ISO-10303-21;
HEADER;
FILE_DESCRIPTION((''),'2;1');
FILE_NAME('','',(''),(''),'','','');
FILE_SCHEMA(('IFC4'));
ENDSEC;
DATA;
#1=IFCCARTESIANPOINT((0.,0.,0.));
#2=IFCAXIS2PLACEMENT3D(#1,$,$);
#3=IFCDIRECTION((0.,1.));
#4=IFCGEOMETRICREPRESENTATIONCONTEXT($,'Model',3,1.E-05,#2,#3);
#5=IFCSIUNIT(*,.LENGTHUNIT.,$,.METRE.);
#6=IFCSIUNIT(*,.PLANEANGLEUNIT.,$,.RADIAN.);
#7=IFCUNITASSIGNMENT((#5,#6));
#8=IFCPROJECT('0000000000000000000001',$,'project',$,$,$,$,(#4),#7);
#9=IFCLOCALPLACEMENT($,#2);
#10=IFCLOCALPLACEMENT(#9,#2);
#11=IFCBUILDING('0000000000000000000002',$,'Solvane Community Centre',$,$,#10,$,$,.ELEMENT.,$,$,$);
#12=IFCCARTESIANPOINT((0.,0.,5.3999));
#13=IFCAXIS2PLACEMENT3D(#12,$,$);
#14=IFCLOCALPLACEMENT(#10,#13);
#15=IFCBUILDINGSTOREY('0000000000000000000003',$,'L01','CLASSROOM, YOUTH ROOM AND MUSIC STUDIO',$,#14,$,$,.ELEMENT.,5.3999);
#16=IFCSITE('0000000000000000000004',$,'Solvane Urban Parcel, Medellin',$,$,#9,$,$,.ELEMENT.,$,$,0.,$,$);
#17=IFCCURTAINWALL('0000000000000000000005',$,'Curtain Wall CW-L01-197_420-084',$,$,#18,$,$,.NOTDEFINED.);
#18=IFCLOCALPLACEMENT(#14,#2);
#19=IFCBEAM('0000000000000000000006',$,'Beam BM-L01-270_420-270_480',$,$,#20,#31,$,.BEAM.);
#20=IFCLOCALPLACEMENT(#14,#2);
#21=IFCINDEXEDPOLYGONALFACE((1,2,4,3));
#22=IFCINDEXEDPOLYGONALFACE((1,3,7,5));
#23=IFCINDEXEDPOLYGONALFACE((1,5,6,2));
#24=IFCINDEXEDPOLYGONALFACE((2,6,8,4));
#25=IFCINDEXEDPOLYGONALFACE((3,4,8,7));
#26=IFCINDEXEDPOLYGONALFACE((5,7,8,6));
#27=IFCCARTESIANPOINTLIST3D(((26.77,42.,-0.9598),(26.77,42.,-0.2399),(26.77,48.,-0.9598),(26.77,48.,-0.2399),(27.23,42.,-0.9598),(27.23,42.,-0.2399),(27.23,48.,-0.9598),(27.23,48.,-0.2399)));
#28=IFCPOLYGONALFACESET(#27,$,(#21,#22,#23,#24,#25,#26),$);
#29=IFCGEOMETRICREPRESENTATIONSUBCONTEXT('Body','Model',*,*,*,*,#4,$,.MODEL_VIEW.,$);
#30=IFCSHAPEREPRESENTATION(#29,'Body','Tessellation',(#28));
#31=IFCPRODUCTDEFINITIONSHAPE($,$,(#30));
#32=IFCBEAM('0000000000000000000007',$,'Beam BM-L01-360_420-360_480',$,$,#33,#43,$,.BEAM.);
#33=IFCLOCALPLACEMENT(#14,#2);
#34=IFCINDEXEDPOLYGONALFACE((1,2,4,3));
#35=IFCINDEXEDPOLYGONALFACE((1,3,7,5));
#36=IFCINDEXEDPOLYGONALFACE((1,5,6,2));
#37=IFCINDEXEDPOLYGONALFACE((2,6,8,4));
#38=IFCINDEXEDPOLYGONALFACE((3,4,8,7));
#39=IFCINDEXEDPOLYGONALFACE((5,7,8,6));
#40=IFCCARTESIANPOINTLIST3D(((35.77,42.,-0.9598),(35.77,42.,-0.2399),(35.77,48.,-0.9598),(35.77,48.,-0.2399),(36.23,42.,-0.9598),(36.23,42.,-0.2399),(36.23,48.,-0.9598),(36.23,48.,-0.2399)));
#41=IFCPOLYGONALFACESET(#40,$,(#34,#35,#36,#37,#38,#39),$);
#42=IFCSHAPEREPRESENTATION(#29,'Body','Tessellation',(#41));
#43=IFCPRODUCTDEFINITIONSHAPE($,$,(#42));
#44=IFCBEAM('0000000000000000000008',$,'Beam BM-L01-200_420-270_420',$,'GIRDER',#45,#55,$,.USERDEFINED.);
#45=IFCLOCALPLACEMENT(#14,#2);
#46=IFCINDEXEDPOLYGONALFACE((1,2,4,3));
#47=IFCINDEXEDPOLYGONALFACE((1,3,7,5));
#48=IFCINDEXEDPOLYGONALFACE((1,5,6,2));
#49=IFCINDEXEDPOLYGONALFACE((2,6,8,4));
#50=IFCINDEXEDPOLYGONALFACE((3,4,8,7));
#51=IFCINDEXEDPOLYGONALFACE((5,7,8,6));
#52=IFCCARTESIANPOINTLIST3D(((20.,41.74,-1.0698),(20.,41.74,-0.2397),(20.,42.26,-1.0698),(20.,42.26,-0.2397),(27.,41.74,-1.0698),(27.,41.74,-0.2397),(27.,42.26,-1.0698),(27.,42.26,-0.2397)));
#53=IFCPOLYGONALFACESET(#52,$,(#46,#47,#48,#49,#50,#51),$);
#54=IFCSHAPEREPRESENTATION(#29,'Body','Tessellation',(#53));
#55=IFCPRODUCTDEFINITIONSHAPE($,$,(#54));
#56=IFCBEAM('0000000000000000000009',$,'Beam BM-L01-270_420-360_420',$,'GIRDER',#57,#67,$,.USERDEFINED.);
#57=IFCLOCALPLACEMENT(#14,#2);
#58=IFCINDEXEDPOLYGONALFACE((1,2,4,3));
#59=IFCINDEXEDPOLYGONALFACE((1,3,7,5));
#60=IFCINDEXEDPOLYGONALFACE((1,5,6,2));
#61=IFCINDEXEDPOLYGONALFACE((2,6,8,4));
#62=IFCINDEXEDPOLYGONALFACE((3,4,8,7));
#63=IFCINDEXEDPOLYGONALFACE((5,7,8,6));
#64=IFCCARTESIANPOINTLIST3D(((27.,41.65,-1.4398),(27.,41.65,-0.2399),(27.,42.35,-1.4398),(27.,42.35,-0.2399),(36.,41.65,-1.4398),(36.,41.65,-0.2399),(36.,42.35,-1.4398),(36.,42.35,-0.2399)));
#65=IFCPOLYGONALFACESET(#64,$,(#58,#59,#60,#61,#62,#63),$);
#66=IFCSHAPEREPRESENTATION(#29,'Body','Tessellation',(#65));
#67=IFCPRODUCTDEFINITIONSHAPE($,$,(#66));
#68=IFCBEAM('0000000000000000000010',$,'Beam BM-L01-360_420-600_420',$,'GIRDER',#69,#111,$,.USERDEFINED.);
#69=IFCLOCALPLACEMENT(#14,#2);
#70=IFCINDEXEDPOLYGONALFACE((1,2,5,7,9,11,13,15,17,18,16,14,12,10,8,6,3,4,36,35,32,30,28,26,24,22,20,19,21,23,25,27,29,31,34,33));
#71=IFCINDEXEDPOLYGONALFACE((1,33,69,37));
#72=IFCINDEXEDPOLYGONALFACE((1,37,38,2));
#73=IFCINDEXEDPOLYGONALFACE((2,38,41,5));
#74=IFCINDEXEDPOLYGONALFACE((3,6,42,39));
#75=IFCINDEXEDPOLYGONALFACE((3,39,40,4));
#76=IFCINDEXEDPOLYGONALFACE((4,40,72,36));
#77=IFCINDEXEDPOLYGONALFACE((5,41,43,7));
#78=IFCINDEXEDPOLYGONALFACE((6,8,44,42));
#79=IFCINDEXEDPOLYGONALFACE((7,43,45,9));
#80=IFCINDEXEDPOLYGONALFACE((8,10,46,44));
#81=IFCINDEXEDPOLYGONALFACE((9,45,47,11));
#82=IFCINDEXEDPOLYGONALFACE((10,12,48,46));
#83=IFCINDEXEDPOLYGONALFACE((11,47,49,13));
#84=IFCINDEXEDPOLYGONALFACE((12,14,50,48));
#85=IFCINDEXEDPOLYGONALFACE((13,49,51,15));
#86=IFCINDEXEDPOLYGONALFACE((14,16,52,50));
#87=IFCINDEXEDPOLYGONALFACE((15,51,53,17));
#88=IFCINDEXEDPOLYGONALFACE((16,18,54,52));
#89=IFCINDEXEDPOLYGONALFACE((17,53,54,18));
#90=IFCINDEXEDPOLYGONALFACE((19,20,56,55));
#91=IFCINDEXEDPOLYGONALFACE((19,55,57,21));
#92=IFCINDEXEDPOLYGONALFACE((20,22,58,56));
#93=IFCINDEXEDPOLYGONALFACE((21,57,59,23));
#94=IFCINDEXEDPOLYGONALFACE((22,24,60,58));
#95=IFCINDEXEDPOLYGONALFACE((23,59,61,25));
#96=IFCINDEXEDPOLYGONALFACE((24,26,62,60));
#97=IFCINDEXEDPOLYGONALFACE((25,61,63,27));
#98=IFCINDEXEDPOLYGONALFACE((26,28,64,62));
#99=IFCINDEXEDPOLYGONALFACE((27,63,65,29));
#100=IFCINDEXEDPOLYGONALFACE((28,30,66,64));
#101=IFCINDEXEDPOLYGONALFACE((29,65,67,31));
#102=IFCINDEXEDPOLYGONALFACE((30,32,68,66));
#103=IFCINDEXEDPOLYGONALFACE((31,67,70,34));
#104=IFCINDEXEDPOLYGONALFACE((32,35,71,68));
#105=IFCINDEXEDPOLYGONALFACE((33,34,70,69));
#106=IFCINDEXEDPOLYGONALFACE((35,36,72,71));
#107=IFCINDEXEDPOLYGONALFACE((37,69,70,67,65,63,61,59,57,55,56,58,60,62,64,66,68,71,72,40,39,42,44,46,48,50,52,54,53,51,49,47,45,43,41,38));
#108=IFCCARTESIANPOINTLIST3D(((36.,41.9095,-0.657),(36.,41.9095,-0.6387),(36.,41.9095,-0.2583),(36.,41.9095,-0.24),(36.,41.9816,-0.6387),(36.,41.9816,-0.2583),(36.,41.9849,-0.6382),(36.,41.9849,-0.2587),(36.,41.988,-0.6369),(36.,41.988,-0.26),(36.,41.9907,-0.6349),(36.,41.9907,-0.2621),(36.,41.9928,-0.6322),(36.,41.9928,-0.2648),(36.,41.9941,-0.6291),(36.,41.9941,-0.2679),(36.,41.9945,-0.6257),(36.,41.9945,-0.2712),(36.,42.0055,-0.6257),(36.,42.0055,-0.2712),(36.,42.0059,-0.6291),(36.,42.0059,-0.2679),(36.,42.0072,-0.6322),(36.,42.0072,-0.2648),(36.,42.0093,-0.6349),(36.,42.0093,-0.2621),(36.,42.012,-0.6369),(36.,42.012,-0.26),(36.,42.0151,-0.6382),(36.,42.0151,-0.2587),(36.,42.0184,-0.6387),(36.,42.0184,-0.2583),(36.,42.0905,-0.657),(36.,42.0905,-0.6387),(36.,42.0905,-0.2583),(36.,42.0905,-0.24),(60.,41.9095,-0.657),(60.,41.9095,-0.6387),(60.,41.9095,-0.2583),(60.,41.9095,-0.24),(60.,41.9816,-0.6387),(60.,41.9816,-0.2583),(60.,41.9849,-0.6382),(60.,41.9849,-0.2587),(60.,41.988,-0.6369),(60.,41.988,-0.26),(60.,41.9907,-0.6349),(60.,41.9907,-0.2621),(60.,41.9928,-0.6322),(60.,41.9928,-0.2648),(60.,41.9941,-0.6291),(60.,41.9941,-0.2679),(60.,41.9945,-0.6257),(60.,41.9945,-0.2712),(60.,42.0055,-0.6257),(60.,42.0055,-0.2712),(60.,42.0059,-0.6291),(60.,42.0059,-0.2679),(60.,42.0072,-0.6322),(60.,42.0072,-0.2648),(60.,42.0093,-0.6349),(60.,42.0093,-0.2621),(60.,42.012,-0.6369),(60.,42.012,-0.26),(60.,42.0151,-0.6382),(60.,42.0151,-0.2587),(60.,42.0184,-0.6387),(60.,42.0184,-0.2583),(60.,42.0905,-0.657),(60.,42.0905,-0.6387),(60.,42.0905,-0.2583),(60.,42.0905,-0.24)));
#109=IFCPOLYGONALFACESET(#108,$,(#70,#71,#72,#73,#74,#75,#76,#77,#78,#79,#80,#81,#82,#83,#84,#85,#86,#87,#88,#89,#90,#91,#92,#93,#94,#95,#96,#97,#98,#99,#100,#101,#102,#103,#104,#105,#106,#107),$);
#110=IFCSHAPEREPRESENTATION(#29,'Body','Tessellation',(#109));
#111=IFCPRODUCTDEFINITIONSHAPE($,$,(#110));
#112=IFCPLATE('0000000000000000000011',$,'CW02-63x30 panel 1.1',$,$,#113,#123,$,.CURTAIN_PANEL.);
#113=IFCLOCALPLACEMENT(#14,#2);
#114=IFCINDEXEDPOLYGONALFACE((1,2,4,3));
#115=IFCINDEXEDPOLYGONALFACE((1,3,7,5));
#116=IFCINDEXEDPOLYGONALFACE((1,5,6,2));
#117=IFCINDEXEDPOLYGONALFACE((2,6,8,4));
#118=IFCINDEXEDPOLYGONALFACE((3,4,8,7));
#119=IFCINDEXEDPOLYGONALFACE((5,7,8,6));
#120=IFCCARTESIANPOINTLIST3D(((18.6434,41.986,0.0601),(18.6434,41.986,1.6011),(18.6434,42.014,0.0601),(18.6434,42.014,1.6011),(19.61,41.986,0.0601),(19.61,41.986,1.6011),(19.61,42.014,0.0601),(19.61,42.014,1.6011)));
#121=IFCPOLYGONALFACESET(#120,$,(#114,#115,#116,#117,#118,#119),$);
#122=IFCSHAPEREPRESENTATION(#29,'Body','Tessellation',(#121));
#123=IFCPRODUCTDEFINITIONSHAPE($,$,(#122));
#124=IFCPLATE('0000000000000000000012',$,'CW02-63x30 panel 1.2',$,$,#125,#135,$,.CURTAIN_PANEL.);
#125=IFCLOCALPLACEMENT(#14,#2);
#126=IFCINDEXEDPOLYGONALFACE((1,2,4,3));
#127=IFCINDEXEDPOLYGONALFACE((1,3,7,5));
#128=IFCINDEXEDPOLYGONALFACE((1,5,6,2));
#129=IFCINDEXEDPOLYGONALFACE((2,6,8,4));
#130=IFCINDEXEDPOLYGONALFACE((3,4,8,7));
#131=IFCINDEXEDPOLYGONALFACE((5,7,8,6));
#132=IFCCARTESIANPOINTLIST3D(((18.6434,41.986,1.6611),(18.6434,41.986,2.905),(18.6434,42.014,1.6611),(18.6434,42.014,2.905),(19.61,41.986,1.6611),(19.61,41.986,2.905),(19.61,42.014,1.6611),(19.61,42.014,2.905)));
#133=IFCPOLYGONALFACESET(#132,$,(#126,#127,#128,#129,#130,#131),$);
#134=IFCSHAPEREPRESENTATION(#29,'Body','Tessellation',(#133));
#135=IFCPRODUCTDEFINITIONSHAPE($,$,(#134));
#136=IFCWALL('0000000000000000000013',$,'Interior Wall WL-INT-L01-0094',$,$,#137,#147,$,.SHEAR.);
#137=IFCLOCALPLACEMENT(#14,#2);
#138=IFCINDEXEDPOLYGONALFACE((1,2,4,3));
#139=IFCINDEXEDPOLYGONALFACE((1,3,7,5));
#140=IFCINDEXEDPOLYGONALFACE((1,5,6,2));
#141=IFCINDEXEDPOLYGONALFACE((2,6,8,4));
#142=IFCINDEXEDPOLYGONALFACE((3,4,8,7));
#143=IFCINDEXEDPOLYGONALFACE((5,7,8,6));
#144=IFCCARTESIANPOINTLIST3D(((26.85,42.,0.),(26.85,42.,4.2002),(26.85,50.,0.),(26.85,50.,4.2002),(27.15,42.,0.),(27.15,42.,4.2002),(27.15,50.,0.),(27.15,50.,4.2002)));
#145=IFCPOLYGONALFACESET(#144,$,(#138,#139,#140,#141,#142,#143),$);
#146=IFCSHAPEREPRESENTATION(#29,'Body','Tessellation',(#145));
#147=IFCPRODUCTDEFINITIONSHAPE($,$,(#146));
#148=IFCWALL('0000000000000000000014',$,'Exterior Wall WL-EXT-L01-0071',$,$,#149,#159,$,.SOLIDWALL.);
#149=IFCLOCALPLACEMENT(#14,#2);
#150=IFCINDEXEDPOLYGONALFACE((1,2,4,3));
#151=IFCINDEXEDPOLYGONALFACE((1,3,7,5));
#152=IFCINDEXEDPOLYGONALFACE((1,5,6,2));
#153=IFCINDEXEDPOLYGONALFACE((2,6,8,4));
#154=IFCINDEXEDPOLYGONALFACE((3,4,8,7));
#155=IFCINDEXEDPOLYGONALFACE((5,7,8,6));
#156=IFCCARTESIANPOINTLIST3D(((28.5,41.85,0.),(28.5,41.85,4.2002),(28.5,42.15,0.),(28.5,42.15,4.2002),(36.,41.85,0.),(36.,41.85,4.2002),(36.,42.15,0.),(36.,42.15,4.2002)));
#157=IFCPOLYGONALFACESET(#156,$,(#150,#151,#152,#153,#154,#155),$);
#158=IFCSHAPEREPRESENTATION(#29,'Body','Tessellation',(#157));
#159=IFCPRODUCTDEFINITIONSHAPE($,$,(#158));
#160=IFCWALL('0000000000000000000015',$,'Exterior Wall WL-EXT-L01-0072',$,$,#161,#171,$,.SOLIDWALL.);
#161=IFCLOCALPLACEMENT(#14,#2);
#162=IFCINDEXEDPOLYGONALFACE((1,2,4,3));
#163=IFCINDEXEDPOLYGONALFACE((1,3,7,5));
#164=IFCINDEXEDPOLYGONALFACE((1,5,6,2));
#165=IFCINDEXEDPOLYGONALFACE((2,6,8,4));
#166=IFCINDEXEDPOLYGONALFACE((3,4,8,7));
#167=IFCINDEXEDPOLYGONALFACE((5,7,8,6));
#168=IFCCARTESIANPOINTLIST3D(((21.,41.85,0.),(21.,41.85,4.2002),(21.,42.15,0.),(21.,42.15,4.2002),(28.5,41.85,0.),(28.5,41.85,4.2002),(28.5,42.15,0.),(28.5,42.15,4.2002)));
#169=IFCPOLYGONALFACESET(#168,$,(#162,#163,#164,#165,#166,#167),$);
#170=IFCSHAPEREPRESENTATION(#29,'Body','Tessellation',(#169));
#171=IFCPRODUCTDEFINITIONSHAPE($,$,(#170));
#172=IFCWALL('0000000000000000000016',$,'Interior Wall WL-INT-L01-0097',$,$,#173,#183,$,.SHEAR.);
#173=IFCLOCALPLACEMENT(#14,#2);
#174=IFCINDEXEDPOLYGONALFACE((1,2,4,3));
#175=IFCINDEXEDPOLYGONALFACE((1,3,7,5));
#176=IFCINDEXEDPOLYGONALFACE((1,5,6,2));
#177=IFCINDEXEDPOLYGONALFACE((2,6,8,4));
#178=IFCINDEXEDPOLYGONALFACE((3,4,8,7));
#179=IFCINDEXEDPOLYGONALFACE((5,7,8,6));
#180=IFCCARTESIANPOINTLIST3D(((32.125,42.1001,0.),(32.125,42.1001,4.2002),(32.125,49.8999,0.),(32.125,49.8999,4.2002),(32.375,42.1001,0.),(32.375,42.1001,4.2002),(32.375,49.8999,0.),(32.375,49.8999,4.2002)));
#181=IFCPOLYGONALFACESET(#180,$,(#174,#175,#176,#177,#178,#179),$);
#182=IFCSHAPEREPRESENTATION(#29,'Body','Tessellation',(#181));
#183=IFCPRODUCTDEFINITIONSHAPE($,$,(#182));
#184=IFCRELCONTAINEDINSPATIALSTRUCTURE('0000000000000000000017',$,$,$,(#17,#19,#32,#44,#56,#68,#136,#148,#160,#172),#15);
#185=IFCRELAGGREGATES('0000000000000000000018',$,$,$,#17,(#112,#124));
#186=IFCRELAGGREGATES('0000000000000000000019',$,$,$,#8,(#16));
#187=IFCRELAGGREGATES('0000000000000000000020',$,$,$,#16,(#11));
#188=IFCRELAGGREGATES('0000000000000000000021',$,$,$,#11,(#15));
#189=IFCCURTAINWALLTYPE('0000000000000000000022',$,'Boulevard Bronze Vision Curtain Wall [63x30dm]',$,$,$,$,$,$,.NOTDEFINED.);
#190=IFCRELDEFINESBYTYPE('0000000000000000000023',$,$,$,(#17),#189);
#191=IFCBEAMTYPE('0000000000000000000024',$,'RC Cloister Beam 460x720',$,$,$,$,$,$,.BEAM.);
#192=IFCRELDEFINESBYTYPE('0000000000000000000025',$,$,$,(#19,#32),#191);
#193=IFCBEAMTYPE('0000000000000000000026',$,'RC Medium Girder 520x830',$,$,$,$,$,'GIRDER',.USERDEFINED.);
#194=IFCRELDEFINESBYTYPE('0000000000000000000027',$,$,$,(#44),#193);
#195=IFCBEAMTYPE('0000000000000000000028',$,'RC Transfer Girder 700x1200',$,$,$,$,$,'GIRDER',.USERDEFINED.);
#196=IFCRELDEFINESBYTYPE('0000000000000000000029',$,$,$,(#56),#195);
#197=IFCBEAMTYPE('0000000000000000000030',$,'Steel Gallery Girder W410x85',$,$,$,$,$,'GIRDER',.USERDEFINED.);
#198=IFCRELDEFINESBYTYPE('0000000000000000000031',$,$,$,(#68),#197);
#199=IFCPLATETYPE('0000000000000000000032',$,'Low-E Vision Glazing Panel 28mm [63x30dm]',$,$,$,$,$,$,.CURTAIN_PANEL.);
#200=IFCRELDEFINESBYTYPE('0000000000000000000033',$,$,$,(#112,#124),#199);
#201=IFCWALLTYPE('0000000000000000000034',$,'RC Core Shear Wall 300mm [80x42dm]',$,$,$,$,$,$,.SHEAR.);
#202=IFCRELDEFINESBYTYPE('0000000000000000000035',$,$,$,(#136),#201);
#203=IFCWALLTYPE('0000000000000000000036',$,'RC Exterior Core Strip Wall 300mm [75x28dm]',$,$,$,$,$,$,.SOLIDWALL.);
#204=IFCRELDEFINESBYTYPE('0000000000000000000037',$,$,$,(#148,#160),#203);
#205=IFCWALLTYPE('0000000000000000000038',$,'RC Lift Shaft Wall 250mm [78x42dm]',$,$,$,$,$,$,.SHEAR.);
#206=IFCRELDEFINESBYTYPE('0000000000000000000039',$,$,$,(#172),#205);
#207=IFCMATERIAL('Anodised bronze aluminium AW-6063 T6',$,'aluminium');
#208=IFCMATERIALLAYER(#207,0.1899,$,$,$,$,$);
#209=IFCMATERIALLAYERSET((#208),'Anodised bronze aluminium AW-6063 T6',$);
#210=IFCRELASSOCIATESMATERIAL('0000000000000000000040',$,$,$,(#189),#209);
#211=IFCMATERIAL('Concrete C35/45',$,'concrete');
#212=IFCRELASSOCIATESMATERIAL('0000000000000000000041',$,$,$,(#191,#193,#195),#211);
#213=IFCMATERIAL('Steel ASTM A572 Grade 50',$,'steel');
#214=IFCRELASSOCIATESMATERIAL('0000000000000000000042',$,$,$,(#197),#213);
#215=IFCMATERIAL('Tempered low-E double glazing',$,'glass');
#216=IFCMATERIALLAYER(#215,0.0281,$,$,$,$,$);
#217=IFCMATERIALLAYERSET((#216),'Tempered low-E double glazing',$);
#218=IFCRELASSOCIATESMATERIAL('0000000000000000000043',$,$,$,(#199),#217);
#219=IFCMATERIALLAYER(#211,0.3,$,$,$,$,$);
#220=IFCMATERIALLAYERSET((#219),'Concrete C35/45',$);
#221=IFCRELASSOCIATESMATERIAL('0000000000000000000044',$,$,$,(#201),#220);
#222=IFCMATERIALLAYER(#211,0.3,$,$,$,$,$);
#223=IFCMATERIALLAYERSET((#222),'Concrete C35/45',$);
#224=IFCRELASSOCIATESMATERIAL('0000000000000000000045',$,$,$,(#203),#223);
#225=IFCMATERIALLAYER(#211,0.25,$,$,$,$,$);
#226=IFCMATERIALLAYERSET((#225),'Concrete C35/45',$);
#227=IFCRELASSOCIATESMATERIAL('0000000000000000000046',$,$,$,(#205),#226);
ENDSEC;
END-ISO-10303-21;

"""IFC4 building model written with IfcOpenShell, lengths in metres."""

from ifc_helpers import new_model, si_unit, direction, frame, frame_2d, origin, origin_2d, place, context, subcontext, project, spatial, rectangle, i_section, extrude, material, layer, layer_set, material_profile, profile_set, type_object, element, aggregate, save


model = new_model("IFC4")

# Units and contexts
model_context = context("Model", 3, precision=1e-05, world=origin(), true_north=direction((0.0, 1.0)))
body_context = subcontext(model_context, "Body", "Model", "MODEL_VIEW")
ifc_project = project(units=[si_unit("LENGTHUNIT", "METRE"), si_unit("PLANEANGLEUNIT", "RADIAN")], contexts=[model_context])

# Site, building, storey
site_placement = place(None, origin())
site = spatial("IfcSite", under=ifc_project, at=site_placement, Name="Solvane Urban Parcel, Medellin", CompositionType="ELEMENT", RefElevation=0.0)
building_placement = place(site_placement, origin())
building = spatial("IfcBuilding", under=site, at=building_placement, Name="Solvane Community Centre", CompositionType="ELEMENT")
storey_placement = place(building_placement, frame((0.0, 0.0, 5.3999)))
storey = spatial("IfcBuildingStorey", under=building, at=storey_placement, Name="L01", Description="CLASSROOM, YOUTH ROOM AND MUSIC STUDIO", CompositionType="ELEMENT", Elevation=5.3999)

# Shared definitions
ifc_material_1 = material(Name="Concrete C35/45", Category="concrete")

# Curtain wall
ifc_material_2 = material(Name="Anodised bronze aluminium AW-6063 T6", Category="aluminium")
ifc_layer_1 = layer(ifc_material_2, 0.1899)
ifc_layer_set_1 = layer_set([ifc_layer_1], Name="Anodised bronze aluminium AW-6063 T6")
curtain_wall_type_1 = type_object("IfcCurtainWallType", Name="Boulevard Bronze Vision Curtain Wall [63x30dm]", PredefinedType="NOTDEFINED", material=ifc_layer_set_1)
curtain_wall_1_placement = place(storey_placement, origin())
curtain_wall_1 = element("IfcCurtainWall", 1, at=curtain_wall_1_placement, inside=storey, type_object=curtain_wall_type_1, Name="Curtain Wall CW-L01-197_420-084", PredefinedType="NOTDEFINED")

# Beams
ifc_material_profile_1 = material_profile(ifc_material_1, rectangle(XDim=0.46, YDim=0.72, at=origin_2d()), Name="RC 460x720")
ifc_profile_set_1 = profile_set([ifc_material_profile_1], Name="Concrete C35/45")
beam_type_1 = type_object("IfcBeamType", Name="RC Cloister Beam 460x720", PredefinedType="BEAM", material=ifc_profile_set_1)
for number, where, z_axis, x_axis, name in (
    (2, (27.0, 42.0, -0.5999), (0.0, 1.0, 0.0), (-1.0, 0.0, 0.0), "Beam BM-L01-270_420-270_480"),
    (3, (36.0, 42.0, -0.5999), (0.0, 1.0, 0.0), (-1.0, 0.0, 0.0), "Beam BM-L01-360_420-360_480"),
):
    element("IfcBeam", number, at=place(storey_placement, frame(where, z_axis=z_axis, x_axis=x_axis)), inside=storey, type_object=beam_type_1, Name=name, PredefinedType="BEAM", context=body_context, shape_type="SweptSolid", body=[
        extrude(rectangle(XDim=0.46, YDim=0.72, at=origin_2d()), origin(), (0.0, 0.0, 1.0), 6.0),
    ])
ifc_material_profile_2 = material_profile(ifc_material_1, rectangle(XDim=0.52, YDim=0.8301, at=origin_2d()), Name="RC 520x830")
ifc_profile_set_2 = profile_set([ifc_material_profile_2], Name="Concrete C35/45")
beam_type_2 = type_object("IfcBeamType", Name="RC Medium Girder 520x830", ElementType="GIRDER", PredefinedType="USERDEFINED", material=ifc_profile_set_2)
beam_1_placement = place(storey_placement, frame((20.0, 42.0, -0.6548), z_axis=(1.0, 0.0, 0.0), x_axis=(0.0, 1.0, 0.0)))
element("IfcBeam", 4, at=beam_1_placement, inside=storey, type_object=beam_type_2, Name="Beam BM-L01-200_420-270_420", ObjectType="GIRDER", PredefinedType="USERDEFINED", context=body_context, shape_type="SweptSolid", body=[
    extrude(rectangle(XDim=0.52, YDim=0.8301, at=origin_2d()), origin(), (0.0, 0.0, 1.0), 7.0),
])
ifc_material_profile_3 = material_profile(ifc_material_1, rectangle(XDim=0.7, YDim=1.2, at=origin_2d()), Name="RC 700x1200")
ifc_profile_set_3 = profile_set([ifc_material_profile_3], Name="Concrete C35/45")
beam_type_3 = type_object("IfcBeamType", Name="RC Transfer Girder 700x1200", ElementType="GIRDER", PredefinedType="USERDEFINED", material=ifc_profile_set_3)
beam_2_placement = place(storey_placement, frame((27.0, 42.0, -0.8398), z_axis=(1.0, 0.0, 0.0), x_axis=(0.0, 1.0, 0.0)))
element("IfcBeam", 5, at=beam_2_placement, inside=storey, type_object=beam_type_3, Name="Beam BM-L01-270_420-360_420", ObjectType="GIRDER", PredefinedType="USERDEFINED", context=body_context, shape_type="SweptSolid", body=[
    extrude(rectangle(XDim=0.7, YDim=1.2, at=origin_2d()), origin(), (0.0, 0.0, 1.0), 9.0),
])
ifc_material_3 = material(Name="Steel ASTM A572 Grade 50", Category="steel")
ifc_material_profile_4 = material_profile(ifc_material_3, i_section(OverallWidth=0.1809, OverallDepth=0.417, WebThickness=0.011, FlangeThickness=0.0183, FilletRadius=0.0129, at=origin_2d()), Name="W410x85")
ifc_profile_set_4 = profile_set([ifc_material_profile_4], Name="Steel ASTM A572 Grade 50")
beam_type_4 = type_object("IfcBeamType", Name="Steel Gallery Girder W410x85", ElementType="GIRDER", PredefinedType="USERDEFINED", material=ifc_profile_set_4)
beam_3_placement = place(storey_placement, frame((36.0, 42.0, -0.4485), z_axis=(1.0, 0.0, 0.0), x_axis=(0.0, 1.0, 0.0)))
element("IfcBeam", 6, at=beam_3_placement, inside=storey, type_object=beam_type_4, Name="Beam BM-L01-360_420-600_420", ObjectType="GIRDER", PredefinedType="USERDEFINED", context=body_context, shape_type="SweptSolid", body=[
    extrude(i_section(OverallWidth=0.1809, OverallDepth=0.417, WebThickness=0.011, FlangeThickness=0.0183, FilletRadius=0.0129, at=origin_2d()), origin(), (0.0, 0.0, 1.0), 24.0),
])

# Plates
ifc_material_4 = material(Name="Tempered low-E double glazing", Category="glass")
ifc_layer_2 = layer(ifc_material_4, 0.0281)
ifc_layer_set_2 = layer_set([ifc_layer_2], Name="Tempered low-E double glazing")
plate_type = type_object("IfcPlateType", Name="Low-E Vision Glazing Panel 28mm [63x30dm]", PredefinedType="CURTAIN_PANEL", material=ifc_layer_set_2)
plate_1_placement = place(storey_placement, frame((19.1267, 42.0, 0.0601), z_axis=(0.0, 0.0, 1.0), x_axis=(-1.0, 0.0, 0.0)))
plate_1 = element("IfcPlate", 7, at=plate_1_placement, type_object=plate_type, Name="CW02-63x30 panel 1.1", PredefinedType="CURTAIN_PANEL", context=body_context, shape_type="SweptSolid", body=[
    extrude(rectangle(XDim=0.9666, YDim=0.0281, at=origin_2d()), origin(), (0.0, 0.0, 1.0), 1.541),
])
plate_2_placement = place(storey_placement, frame((19.1267, 42.0, 1.6611), z_axis=(0.0, 0.0, 1.0), x_axis=(-1.0, 0.0, 0.0)))
plate_2 = element("IfcPlate", 8, at=plate_2_placement, type_object=plate_type, Name="CW02-63x30 panel 1.2", PredefinedType="CURTAIN_PANEL", context=body_context, shape_type="SweptSolid", body=[
    extrude(rectangle(XDim=0.9666, YDim=0.0281, at=origin_2d()), origin(), (0.0, 0.0, 1.0), 1.2439),
])
aggregate(curtain_wall_1, [plate_1, plate_2])

# Walls
ifc_layer_3 = layer(ifc_material_1, 0.3)
ifc_layer_set_3 = layer_set([ifc_layer_3], Name="Concrete C35/45")
wall_type_1 = type_object("IfcWallType", Name="RC Core Shear Wall 300mm [80x42dm]", PredefinedType="SHEAR", material=ifc_layer_set_3)
wall_1_placement = place(storey_placement, frame((27.0, 42.0, 0.0), z_axis=(0.0, 0.0, 1.0), x_axis=(0.0, 1.0, 0.0)))
element("IfcWall", 9, at=wall_1_placement, inside=storey, type_object=wall_type_1, Name="Interior Wall WL-INT-L01-0094", PredefinedType="SHEAR", context=body_context, shape_type="SweptSolid", body=[
    extrude(rectangle(XDim=8.0, YDim=0.3, at=frame_2d((4.0, 0.0))), origin(), (0.0, 0.0, 1.0), 4.2002),
])
ifc_layer_4 = layer(ifc_material_1, 0.3)
ifc_layer_set_4 = layer_set([ifc_layer_4], Name="Concrete C35/45")
wall_type_2 = type_object("IfcWallType", Name="RC Exterior Core Strip Wall 300mm [75x28dm]", PredefinedType="SOLIDWALL", material=ifc_layer_set_4)
for number, where, z_axis, x_axis, name in (
    (10, (36.0, 42.0, 0.0), (0.0, 0.0, 1.0), (-1.0, 0.0, 0.0), "Exterior Wall WL-EXT-L01-0071"),
    (11, (28.5, 42.0, 0.0), (0.0, 0.0, 1.0), (-1.0, 0.0, 0.0), "Exterior Wall WL-EXT-L01-0072"),
):
    element("IfcWall", number, at=place(storey_placement, frame(where, z_axis=z_axis, x_axis=x_axis)), inside=storey, type_object=wall_type_2, Name=name, PredefinedType="SOLIDWALL", context=body_context, shape_type="SweptSolid", body=[
        extrude(rectangle(XDim=7.5, YDim=0.3, at=frame_2d((3.75, 0.0))), origin(), (0.0, 0.0, 1.0), 4.2002),
    ])
ifc_layer_5 = layer(ifc_material_1, 0.25)
ifc_layer_set_5 = layer_set([ifc_layer_5], Name="Concrete C35/45")
wall_type_3 = type_object("IfcWallType", Name="RC Lift Shaft Wall 250mm [78x42dm]", PredefinedType="SHEAR", material=ifc_layer_set_5)
wall_2_placement = place(storey_placement, frame((32.25, 42.1001, 0.0), z_axis=(0.0, 0.0, 1.0), x_axis=(0.0, 1.0, 0.0)))
element("IfcWall", 12, at=wall_2_placement, inside=storey, type_object=wall_type_3, Name="Interior Wall WL-INT-L01-0097", PredefinedType="SHEAR", context=body_context, shape_type="SweptSolid", body=[
    extrude(rectangle(XDim=7.7998, YDim=0.25, at=frame_2d((3.8999, 0.0))), origin(), (0.0, 0.0, 1.0), 4.2002),
])

save(model, "model.ifc")
